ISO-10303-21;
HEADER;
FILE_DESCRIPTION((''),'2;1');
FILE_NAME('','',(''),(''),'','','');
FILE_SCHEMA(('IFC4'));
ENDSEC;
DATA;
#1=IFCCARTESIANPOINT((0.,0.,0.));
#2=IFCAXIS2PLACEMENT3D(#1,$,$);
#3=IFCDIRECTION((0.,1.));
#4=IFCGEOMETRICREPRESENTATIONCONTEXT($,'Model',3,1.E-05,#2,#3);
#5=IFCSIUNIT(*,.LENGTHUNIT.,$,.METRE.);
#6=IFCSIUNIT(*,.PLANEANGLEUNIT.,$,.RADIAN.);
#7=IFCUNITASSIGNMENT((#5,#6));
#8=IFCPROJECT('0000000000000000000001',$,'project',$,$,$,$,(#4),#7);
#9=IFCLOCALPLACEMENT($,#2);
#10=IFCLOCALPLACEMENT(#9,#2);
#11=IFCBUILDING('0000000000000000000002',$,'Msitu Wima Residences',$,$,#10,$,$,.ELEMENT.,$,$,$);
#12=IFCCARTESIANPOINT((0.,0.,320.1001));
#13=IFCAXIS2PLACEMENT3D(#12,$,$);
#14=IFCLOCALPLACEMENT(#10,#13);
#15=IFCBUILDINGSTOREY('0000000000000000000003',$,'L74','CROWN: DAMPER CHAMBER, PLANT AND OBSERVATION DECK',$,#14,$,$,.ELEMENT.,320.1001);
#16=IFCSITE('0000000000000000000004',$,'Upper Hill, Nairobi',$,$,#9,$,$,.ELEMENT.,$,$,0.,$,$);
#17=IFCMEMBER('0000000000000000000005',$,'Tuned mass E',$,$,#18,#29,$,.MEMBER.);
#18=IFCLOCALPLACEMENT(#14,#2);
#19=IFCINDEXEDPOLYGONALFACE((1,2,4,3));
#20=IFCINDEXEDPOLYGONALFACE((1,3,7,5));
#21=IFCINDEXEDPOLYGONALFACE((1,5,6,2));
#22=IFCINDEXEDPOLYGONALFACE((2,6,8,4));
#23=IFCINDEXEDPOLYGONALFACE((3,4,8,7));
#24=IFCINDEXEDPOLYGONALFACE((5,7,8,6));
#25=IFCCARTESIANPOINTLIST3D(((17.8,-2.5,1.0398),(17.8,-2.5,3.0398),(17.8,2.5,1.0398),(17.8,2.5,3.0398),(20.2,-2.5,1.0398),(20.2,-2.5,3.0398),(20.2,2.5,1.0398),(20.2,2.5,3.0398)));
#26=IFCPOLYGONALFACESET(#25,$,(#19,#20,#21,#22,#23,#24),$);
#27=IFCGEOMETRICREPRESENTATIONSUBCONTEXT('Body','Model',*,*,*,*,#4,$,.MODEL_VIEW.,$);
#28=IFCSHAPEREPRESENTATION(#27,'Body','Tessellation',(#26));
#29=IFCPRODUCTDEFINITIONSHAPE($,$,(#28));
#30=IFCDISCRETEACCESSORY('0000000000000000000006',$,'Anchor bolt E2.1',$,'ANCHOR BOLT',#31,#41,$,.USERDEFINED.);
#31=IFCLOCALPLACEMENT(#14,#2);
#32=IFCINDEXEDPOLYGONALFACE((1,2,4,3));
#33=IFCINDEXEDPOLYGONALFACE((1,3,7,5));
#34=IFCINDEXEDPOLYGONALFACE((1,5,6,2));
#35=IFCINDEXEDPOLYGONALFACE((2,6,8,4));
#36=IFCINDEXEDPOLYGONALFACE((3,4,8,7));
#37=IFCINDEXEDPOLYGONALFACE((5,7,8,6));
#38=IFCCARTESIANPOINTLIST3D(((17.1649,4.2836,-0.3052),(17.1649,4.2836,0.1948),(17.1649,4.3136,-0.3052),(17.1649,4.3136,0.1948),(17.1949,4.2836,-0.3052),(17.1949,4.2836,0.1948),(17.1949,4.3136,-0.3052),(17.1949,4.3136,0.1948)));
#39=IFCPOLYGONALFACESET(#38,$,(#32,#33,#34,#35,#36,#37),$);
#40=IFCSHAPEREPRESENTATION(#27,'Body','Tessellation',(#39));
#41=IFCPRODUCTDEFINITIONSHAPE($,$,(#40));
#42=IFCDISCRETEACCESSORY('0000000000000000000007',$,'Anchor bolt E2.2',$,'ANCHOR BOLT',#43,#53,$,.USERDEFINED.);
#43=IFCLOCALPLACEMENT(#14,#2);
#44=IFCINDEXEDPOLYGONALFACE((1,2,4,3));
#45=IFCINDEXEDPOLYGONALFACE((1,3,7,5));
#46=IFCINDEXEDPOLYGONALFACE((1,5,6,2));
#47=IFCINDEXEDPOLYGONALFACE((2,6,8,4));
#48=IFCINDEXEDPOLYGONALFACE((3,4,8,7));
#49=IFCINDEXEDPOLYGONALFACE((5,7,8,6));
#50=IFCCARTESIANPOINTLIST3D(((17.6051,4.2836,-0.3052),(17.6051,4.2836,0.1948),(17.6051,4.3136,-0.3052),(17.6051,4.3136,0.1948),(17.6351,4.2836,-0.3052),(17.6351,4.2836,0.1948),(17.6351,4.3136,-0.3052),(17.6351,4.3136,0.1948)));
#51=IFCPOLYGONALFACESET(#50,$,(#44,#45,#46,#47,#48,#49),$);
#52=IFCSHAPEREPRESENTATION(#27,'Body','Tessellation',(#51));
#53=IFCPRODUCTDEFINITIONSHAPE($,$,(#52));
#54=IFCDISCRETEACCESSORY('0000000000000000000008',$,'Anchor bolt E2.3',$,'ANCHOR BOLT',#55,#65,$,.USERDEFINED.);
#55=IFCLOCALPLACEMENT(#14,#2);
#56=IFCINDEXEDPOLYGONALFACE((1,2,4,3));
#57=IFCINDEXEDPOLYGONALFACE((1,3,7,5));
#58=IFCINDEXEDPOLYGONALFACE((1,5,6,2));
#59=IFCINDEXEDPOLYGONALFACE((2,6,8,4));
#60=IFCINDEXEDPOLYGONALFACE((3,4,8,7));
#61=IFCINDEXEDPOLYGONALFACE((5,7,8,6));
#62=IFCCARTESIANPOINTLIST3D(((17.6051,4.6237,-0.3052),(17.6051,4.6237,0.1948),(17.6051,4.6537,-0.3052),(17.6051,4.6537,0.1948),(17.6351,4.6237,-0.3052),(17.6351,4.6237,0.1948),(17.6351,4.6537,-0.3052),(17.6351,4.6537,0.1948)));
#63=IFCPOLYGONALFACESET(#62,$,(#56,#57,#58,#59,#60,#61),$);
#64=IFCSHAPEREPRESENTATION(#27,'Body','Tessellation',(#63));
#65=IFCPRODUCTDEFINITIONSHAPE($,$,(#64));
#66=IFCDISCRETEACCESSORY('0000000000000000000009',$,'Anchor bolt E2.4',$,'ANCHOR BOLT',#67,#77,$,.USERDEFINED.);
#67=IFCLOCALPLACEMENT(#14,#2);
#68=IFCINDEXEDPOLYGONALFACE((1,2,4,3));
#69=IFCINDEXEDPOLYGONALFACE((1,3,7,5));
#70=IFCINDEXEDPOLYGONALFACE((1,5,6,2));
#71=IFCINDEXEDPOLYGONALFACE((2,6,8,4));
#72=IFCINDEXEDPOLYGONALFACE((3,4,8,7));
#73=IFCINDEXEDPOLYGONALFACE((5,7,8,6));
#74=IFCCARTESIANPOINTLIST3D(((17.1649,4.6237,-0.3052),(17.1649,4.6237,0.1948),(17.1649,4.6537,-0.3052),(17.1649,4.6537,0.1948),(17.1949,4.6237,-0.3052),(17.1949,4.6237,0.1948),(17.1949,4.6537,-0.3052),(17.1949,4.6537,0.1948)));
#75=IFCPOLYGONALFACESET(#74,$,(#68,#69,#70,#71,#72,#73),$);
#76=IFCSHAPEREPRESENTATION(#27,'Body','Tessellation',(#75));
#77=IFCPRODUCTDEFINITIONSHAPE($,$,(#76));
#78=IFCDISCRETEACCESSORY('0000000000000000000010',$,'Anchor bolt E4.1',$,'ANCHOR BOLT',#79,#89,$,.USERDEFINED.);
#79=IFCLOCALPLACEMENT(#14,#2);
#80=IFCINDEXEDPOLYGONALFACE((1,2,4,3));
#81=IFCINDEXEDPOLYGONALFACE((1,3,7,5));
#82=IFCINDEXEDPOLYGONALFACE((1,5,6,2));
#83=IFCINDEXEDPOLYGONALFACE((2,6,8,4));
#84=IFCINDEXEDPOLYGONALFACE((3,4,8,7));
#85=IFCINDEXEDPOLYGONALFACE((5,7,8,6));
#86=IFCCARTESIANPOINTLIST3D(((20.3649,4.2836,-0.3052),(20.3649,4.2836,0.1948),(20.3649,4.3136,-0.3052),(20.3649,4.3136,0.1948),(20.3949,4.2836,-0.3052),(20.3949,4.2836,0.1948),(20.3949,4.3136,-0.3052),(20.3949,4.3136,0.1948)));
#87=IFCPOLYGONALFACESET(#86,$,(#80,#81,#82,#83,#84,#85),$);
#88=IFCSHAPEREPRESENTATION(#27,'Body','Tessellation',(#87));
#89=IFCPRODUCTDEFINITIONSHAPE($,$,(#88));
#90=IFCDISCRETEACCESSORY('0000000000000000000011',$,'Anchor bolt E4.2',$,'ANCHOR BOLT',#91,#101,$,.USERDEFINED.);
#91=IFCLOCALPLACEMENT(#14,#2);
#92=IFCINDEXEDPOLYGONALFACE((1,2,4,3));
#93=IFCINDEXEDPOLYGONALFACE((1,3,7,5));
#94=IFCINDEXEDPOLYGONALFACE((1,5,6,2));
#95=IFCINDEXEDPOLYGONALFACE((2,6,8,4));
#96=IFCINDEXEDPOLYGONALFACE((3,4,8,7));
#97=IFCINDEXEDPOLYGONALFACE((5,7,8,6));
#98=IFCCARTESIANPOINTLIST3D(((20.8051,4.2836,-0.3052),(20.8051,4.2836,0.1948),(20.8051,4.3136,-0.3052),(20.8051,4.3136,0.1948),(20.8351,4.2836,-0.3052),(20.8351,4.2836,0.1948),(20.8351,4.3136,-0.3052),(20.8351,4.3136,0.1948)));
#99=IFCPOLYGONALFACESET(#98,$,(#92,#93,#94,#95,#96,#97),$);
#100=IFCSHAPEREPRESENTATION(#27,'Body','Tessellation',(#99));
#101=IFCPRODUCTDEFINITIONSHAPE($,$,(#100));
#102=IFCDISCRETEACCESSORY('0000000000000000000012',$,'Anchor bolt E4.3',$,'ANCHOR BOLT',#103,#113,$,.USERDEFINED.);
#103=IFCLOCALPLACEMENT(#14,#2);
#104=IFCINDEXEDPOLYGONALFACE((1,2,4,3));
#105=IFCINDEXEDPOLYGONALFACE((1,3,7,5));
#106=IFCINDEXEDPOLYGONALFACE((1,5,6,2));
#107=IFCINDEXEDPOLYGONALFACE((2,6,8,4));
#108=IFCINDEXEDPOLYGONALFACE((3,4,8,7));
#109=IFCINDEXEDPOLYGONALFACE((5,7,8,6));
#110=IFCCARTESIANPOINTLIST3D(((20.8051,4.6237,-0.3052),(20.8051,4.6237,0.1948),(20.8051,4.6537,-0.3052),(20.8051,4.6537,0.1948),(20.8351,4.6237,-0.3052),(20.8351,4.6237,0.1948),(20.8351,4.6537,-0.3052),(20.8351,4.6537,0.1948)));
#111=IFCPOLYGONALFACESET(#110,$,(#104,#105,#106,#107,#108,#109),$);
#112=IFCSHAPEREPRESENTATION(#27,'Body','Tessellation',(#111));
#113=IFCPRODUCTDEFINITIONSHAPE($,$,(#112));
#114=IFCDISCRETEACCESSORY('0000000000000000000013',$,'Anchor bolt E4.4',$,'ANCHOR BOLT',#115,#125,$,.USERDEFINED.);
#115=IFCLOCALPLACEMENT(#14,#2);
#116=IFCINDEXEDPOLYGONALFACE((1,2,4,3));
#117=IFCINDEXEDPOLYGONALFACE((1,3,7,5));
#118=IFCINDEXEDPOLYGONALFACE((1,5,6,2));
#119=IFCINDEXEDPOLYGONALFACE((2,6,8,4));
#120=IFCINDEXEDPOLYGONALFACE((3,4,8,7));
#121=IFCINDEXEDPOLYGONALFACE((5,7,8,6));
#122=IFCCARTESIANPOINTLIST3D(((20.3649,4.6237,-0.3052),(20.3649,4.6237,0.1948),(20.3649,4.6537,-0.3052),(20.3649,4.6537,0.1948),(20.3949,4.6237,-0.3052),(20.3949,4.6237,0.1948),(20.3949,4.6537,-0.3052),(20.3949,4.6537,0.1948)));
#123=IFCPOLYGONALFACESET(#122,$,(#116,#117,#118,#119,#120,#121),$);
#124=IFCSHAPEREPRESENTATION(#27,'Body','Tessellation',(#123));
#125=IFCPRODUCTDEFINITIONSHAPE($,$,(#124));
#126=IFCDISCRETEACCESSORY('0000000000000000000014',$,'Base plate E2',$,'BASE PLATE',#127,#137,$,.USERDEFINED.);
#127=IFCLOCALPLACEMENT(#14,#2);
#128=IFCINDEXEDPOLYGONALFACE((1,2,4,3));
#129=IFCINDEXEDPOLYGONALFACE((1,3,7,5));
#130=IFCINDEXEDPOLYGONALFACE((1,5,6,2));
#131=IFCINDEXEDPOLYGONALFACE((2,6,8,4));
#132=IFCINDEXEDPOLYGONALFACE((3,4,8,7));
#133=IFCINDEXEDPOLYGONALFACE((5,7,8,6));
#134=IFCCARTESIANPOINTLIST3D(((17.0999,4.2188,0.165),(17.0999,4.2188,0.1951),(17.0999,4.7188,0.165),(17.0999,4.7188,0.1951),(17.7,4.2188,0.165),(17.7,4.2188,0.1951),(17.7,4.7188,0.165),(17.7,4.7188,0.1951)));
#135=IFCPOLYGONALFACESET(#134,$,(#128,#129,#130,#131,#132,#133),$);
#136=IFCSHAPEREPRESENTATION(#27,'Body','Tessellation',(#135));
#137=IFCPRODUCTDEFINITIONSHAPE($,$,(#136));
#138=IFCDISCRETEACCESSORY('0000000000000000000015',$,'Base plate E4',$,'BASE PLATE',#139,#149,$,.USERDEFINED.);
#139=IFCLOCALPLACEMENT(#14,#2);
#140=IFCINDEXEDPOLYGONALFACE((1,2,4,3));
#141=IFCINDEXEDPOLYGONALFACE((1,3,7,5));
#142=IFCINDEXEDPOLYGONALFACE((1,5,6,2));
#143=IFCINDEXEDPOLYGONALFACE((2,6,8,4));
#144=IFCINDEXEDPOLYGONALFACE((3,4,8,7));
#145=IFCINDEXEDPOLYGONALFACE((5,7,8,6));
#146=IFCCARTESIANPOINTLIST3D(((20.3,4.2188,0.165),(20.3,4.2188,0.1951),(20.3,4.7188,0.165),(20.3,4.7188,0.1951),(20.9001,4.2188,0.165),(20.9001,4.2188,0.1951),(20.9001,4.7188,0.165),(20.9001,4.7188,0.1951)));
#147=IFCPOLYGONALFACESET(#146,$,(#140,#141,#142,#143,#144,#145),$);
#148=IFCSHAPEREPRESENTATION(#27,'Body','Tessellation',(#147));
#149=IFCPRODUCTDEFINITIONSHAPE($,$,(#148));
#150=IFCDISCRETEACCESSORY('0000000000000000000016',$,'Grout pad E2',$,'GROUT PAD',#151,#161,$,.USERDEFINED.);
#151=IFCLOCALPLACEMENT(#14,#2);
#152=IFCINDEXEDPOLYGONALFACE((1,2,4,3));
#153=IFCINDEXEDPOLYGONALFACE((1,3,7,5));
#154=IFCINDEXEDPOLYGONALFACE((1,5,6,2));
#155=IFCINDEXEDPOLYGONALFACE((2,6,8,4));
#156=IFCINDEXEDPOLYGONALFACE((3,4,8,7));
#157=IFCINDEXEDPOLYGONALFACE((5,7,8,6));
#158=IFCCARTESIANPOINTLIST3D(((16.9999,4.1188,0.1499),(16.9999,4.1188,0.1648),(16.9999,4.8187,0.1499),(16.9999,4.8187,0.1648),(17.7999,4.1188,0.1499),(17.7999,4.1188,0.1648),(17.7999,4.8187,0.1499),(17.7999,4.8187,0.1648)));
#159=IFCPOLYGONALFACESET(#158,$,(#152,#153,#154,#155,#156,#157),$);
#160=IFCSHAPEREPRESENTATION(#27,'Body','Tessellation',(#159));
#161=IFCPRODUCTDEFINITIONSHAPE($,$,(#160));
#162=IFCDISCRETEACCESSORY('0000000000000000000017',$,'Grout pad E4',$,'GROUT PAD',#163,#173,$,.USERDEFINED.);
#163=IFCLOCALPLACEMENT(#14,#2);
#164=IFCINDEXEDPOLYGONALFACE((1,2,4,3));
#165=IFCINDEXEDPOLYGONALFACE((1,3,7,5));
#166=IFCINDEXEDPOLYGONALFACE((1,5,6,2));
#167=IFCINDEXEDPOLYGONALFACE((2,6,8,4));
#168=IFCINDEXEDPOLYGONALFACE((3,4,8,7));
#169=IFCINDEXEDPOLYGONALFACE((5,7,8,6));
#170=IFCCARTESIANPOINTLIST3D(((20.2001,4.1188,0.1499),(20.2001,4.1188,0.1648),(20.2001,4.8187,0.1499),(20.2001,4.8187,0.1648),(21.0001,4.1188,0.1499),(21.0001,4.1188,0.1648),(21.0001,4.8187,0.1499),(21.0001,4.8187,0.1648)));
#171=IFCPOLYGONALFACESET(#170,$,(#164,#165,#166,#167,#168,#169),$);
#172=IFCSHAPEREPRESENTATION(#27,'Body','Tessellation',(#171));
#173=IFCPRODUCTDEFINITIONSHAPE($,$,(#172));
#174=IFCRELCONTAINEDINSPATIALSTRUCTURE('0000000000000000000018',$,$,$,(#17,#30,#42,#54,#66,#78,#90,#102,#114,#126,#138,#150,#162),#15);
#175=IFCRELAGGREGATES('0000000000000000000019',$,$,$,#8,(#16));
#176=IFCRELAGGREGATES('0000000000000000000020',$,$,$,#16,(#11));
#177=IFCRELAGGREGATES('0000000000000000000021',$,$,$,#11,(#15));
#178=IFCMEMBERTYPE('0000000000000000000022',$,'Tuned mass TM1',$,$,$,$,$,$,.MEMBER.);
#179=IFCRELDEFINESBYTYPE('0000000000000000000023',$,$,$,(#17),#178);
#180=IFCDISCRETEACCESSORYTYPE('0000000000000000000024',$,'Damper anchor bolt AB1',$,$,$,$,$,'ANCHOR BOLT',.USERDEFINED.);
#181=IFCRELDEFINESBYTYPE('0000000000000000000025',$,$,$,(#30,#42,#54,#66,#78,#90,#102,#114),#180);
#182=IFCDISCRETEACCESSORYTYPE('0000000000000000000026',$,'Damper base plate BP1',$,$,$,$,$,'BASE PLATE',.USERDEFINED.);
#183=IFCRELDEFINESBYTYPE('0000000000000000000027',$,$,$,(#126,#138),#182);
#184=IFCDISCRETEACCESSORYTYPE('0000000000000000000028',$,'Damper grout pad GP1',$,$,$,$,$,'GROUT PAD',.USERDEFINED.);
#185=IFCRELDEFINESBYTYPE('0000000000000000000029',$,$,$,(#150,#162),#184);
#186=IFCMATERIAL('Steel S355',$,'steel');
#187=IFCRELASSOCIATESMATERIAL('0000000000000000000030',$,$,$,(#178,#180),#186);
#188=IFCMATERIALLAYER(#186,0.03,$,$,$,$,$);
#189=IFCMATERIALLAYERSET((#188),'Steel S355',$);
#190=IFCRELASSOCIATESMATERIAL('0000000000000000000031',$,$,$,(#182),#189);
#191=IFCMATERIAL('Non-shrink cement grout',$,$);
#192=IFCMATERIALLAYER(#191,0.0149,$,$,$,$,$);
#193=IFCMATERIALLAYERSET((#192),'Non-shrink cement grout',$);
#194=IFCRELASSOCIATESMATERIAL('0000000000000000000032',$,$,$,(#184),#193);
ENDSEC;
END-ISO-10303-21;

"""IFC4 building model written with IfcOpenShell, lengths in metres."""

from ifc_helpers import new_model, si_unit, direction, frame, origin, origin_2d, place, context, subcontext, project, spatial, rectangle, extrude, material, layer, layer_set, type_object, element, save


model = new_model("IFC4")

# Units and contexts
model_context = context("Model", 3, precision=1e-05, world=origin(), true_north=direction((0.0, 1.0)))
body_context = subcontext(model_context, "Body", "Model", "MODEL_VIEW")
ifc_project = project(units=[si_unit("LENGTHUNIT", "METRE"), si_unit("PLANEANGLEUNIT", "RADIAN")], contexts=[model_context])

# Site, building, storey
site_placement = place(None, origin())
site = spatial("IfcSite", under=ifc_project, at=site_placement, Name="Upper Hill, Nairobi", CompositionType="ELEMENT", RefElevation=0.0)
building_placement = place(site_placement, origin())
building = spatial("IfcBuilding", under=site, at=building_placement, Name="Msitu Wima Residences", CompositionType="ELEMENT")
storey_placement = place(building_placement, frame((0.0, 0.0, 320.1001)))
storey = spatial("IfcBuildingStorey", under=building, at=storey_placement, Name="L74", Description="CROWN: DAMPER CHAMBER, PLANT AND OBSERVATION DECK", CompositionType="ELEMENT", Elevation=320.1001)

# Shared definitions
ifc_material_1 = material(Name="Steel S355", Category="steel")

# Member
member_type_1 = type_object("IfcMemberType", Name="Tuned mass TM1", PredefinedType="MEMBER", material=ifc_material_1)
member_1_placement = place(storey_placement, frame((19.0, 0.0, 1.0398), z_axis=(0.0, 0.0, 1.0), x_axis=(1.0, 0.0, 0.0)))
element("IfcMember", 1, at=member_1_placement, inside=storey, type_object=member_type_1, Name="Tuned mass E", PredefinedType="MEMBER", context=body_context, shape_type="SweptSolid", body=[
    extrude(rectangle(XDim=2.3999, YDim=5.0, at=origin_2d()), origin(), (0.0, 0.0, 1.0), 2.0),
])

# Discrete accessories
discrete_accessory_type_1 = type_object("IfcDiscreteAccessoryType", Name="Damper anchor bolt AB1", ElementType="ANCHOR BOLT", PredefinedType="USERDEFINED", material=ifc_material_1)
for number, where, z_axis, x_axis, name in (
    (2, (17.1799, 4.2986, -0.3052), (0.0, 0.0, 1.0), (1.0, 0.0, 0.0), "Anchor bolt E2.1"),
    (3, (17.6201, 4.2986, -0.3052), (0.0, 0.0, 1.0), (1.0, 0.0, 0.0), "Anchor bolt E2.2"),
    (4, (17.6201, 4.6387, -0.3052), (0.0, 0.0, 1.0), (1.0, 0.0, 0.0), "Anchor bolt E2.3"),
    (5, (17.1799, 4.6387, -0.3052), (0.0, 0.0, 1.0), (1.0, 0.0, 0.0), "Anchor bolt E2.4"),
    (6, (20.3799, 4.2986, -0.3052), (0.0, 0.0, 1.0), (1.0, 0.0, 0.0), "Anchor bolt E4.1"),
    (7, (20.8201, 4.2986, -0.3052), (0.0, 0.0, 1.0), (1.0, 0.0, 0.0), "Anchor bolt E4.2"),
    (8, (20.8201, 4.6387, -0.3052), (0.0, 0.0, 1.0), (1.0, 0.0, 0.0), "Anchor bolt E4.3"),
    (9, (20.3799, 4.6387, -0.3052), (0.0, 0.0, 1.0), (1.0, 0.0, 0.0), "Anchor bolt E4.4"),
):
    element("IfcDiscreteAccessory", number, at=place(storey_placement, frame(where, z_axis=z_axis, x_axis=x_axis)), inside=storey, type_object=discrete_accessory_type_1, Name=name, ObjectType="ANCHOR BOLT", PredefinedType="USERDEFINED", context=body_context, shape_type="SweptSolid", body=[
        extrude(rectangle(XDim=0.03, YDim=0.03, at=origin_2d()), origin(), (0.0, 0.0, 1.0), 0.5),
    ])
ifc_layer_1 = layer(ifc_material_1, 0.03)
ifc_layer_set_1 = layer_set([ifc_layer_1], Name="Steel S355")
discrete_accessory_type_2 = type_object("IfcDiscreteAccessoryType", Name="Damper base plate BP1", ElementType="BASE PLATE", PredefinedType="USERDEFINED", material=ifc_layer_set_1)
for number, where, z_axis, x_axis, name in (
    (10, (17.3999, 4.4688, 0.165), (0.0, 0.0, 1.0), (1.0, 0.0, 0.0), "Base plate E2"),
    (11, (20.6001, 4.4688, 0.165), (0.0, 0.0, 1.0), (1.0, 0.0, 0.0), "Base plate E4"),
):
    element("IfcDiscreteAccessory", number, at=place(storey_placement, frame(where, z_axis=z_axis, x_axis=x_axis)), inside=storey, type_object=discrete_accessory_type_2, Name=name, ObjectType="BASE PLATE", PredefinedType="USERDEFINED", context=body_context, shape_type="SweptSolid", body=[
        extrude(rectangle(XDim=0.6001, YDim=0.5, at=origin_2d()), origin(), (0.0, 0.0, 1.0), 0.03),
    ])
ifc_material_2 = material(Name="Non-shrink cement grout")
ifc_layer_2 = layer(ifc_material_2, 0.0149)
ifc_layer_set_2 = layer_set([ifc_layer_2], Name="Non-shrink cement grout")
discrete_accessory_type_3 = type_object("IfcDiscreteAccessoryType", Name="Damper grout pad GP1", ElementType="GROUT PAD", PredefinedType="USERDEFINED", material=ifc_layer_set_2)
for number, where, z_axis, x_axis, name in (
    (12, (17.3999, 4.4688, 0.1499), (0.0, 0.0, 1.0), (1.0, 0.0, 0.0), "Grout pad E2"),
    (13, (20.6001, 4.4688, 0.1499), (0.0, 0.0, 1.0), (1.0, 0.0, 0.0), "Grout pad E4"),
):
    element("IfcDiscreteAccessory", number, at=place(storey_placement, frame(where, z_axis=z_axis, x_axis=x_axis)), inside=storey, type_object=discrete_accessory_type_3, Name=name, ObjectType="GROUT PAD", PredefinedType="USERDEFINED", context=body_context, shape_type="SweptSolid", body=[
        extrude(rectangle(XDim=0.8, YDim=0.7, at=origin_2d()), origin(), (0.0, 0.0, 1.0), 0.0149),
    ])

save(model, "model.ifc")
